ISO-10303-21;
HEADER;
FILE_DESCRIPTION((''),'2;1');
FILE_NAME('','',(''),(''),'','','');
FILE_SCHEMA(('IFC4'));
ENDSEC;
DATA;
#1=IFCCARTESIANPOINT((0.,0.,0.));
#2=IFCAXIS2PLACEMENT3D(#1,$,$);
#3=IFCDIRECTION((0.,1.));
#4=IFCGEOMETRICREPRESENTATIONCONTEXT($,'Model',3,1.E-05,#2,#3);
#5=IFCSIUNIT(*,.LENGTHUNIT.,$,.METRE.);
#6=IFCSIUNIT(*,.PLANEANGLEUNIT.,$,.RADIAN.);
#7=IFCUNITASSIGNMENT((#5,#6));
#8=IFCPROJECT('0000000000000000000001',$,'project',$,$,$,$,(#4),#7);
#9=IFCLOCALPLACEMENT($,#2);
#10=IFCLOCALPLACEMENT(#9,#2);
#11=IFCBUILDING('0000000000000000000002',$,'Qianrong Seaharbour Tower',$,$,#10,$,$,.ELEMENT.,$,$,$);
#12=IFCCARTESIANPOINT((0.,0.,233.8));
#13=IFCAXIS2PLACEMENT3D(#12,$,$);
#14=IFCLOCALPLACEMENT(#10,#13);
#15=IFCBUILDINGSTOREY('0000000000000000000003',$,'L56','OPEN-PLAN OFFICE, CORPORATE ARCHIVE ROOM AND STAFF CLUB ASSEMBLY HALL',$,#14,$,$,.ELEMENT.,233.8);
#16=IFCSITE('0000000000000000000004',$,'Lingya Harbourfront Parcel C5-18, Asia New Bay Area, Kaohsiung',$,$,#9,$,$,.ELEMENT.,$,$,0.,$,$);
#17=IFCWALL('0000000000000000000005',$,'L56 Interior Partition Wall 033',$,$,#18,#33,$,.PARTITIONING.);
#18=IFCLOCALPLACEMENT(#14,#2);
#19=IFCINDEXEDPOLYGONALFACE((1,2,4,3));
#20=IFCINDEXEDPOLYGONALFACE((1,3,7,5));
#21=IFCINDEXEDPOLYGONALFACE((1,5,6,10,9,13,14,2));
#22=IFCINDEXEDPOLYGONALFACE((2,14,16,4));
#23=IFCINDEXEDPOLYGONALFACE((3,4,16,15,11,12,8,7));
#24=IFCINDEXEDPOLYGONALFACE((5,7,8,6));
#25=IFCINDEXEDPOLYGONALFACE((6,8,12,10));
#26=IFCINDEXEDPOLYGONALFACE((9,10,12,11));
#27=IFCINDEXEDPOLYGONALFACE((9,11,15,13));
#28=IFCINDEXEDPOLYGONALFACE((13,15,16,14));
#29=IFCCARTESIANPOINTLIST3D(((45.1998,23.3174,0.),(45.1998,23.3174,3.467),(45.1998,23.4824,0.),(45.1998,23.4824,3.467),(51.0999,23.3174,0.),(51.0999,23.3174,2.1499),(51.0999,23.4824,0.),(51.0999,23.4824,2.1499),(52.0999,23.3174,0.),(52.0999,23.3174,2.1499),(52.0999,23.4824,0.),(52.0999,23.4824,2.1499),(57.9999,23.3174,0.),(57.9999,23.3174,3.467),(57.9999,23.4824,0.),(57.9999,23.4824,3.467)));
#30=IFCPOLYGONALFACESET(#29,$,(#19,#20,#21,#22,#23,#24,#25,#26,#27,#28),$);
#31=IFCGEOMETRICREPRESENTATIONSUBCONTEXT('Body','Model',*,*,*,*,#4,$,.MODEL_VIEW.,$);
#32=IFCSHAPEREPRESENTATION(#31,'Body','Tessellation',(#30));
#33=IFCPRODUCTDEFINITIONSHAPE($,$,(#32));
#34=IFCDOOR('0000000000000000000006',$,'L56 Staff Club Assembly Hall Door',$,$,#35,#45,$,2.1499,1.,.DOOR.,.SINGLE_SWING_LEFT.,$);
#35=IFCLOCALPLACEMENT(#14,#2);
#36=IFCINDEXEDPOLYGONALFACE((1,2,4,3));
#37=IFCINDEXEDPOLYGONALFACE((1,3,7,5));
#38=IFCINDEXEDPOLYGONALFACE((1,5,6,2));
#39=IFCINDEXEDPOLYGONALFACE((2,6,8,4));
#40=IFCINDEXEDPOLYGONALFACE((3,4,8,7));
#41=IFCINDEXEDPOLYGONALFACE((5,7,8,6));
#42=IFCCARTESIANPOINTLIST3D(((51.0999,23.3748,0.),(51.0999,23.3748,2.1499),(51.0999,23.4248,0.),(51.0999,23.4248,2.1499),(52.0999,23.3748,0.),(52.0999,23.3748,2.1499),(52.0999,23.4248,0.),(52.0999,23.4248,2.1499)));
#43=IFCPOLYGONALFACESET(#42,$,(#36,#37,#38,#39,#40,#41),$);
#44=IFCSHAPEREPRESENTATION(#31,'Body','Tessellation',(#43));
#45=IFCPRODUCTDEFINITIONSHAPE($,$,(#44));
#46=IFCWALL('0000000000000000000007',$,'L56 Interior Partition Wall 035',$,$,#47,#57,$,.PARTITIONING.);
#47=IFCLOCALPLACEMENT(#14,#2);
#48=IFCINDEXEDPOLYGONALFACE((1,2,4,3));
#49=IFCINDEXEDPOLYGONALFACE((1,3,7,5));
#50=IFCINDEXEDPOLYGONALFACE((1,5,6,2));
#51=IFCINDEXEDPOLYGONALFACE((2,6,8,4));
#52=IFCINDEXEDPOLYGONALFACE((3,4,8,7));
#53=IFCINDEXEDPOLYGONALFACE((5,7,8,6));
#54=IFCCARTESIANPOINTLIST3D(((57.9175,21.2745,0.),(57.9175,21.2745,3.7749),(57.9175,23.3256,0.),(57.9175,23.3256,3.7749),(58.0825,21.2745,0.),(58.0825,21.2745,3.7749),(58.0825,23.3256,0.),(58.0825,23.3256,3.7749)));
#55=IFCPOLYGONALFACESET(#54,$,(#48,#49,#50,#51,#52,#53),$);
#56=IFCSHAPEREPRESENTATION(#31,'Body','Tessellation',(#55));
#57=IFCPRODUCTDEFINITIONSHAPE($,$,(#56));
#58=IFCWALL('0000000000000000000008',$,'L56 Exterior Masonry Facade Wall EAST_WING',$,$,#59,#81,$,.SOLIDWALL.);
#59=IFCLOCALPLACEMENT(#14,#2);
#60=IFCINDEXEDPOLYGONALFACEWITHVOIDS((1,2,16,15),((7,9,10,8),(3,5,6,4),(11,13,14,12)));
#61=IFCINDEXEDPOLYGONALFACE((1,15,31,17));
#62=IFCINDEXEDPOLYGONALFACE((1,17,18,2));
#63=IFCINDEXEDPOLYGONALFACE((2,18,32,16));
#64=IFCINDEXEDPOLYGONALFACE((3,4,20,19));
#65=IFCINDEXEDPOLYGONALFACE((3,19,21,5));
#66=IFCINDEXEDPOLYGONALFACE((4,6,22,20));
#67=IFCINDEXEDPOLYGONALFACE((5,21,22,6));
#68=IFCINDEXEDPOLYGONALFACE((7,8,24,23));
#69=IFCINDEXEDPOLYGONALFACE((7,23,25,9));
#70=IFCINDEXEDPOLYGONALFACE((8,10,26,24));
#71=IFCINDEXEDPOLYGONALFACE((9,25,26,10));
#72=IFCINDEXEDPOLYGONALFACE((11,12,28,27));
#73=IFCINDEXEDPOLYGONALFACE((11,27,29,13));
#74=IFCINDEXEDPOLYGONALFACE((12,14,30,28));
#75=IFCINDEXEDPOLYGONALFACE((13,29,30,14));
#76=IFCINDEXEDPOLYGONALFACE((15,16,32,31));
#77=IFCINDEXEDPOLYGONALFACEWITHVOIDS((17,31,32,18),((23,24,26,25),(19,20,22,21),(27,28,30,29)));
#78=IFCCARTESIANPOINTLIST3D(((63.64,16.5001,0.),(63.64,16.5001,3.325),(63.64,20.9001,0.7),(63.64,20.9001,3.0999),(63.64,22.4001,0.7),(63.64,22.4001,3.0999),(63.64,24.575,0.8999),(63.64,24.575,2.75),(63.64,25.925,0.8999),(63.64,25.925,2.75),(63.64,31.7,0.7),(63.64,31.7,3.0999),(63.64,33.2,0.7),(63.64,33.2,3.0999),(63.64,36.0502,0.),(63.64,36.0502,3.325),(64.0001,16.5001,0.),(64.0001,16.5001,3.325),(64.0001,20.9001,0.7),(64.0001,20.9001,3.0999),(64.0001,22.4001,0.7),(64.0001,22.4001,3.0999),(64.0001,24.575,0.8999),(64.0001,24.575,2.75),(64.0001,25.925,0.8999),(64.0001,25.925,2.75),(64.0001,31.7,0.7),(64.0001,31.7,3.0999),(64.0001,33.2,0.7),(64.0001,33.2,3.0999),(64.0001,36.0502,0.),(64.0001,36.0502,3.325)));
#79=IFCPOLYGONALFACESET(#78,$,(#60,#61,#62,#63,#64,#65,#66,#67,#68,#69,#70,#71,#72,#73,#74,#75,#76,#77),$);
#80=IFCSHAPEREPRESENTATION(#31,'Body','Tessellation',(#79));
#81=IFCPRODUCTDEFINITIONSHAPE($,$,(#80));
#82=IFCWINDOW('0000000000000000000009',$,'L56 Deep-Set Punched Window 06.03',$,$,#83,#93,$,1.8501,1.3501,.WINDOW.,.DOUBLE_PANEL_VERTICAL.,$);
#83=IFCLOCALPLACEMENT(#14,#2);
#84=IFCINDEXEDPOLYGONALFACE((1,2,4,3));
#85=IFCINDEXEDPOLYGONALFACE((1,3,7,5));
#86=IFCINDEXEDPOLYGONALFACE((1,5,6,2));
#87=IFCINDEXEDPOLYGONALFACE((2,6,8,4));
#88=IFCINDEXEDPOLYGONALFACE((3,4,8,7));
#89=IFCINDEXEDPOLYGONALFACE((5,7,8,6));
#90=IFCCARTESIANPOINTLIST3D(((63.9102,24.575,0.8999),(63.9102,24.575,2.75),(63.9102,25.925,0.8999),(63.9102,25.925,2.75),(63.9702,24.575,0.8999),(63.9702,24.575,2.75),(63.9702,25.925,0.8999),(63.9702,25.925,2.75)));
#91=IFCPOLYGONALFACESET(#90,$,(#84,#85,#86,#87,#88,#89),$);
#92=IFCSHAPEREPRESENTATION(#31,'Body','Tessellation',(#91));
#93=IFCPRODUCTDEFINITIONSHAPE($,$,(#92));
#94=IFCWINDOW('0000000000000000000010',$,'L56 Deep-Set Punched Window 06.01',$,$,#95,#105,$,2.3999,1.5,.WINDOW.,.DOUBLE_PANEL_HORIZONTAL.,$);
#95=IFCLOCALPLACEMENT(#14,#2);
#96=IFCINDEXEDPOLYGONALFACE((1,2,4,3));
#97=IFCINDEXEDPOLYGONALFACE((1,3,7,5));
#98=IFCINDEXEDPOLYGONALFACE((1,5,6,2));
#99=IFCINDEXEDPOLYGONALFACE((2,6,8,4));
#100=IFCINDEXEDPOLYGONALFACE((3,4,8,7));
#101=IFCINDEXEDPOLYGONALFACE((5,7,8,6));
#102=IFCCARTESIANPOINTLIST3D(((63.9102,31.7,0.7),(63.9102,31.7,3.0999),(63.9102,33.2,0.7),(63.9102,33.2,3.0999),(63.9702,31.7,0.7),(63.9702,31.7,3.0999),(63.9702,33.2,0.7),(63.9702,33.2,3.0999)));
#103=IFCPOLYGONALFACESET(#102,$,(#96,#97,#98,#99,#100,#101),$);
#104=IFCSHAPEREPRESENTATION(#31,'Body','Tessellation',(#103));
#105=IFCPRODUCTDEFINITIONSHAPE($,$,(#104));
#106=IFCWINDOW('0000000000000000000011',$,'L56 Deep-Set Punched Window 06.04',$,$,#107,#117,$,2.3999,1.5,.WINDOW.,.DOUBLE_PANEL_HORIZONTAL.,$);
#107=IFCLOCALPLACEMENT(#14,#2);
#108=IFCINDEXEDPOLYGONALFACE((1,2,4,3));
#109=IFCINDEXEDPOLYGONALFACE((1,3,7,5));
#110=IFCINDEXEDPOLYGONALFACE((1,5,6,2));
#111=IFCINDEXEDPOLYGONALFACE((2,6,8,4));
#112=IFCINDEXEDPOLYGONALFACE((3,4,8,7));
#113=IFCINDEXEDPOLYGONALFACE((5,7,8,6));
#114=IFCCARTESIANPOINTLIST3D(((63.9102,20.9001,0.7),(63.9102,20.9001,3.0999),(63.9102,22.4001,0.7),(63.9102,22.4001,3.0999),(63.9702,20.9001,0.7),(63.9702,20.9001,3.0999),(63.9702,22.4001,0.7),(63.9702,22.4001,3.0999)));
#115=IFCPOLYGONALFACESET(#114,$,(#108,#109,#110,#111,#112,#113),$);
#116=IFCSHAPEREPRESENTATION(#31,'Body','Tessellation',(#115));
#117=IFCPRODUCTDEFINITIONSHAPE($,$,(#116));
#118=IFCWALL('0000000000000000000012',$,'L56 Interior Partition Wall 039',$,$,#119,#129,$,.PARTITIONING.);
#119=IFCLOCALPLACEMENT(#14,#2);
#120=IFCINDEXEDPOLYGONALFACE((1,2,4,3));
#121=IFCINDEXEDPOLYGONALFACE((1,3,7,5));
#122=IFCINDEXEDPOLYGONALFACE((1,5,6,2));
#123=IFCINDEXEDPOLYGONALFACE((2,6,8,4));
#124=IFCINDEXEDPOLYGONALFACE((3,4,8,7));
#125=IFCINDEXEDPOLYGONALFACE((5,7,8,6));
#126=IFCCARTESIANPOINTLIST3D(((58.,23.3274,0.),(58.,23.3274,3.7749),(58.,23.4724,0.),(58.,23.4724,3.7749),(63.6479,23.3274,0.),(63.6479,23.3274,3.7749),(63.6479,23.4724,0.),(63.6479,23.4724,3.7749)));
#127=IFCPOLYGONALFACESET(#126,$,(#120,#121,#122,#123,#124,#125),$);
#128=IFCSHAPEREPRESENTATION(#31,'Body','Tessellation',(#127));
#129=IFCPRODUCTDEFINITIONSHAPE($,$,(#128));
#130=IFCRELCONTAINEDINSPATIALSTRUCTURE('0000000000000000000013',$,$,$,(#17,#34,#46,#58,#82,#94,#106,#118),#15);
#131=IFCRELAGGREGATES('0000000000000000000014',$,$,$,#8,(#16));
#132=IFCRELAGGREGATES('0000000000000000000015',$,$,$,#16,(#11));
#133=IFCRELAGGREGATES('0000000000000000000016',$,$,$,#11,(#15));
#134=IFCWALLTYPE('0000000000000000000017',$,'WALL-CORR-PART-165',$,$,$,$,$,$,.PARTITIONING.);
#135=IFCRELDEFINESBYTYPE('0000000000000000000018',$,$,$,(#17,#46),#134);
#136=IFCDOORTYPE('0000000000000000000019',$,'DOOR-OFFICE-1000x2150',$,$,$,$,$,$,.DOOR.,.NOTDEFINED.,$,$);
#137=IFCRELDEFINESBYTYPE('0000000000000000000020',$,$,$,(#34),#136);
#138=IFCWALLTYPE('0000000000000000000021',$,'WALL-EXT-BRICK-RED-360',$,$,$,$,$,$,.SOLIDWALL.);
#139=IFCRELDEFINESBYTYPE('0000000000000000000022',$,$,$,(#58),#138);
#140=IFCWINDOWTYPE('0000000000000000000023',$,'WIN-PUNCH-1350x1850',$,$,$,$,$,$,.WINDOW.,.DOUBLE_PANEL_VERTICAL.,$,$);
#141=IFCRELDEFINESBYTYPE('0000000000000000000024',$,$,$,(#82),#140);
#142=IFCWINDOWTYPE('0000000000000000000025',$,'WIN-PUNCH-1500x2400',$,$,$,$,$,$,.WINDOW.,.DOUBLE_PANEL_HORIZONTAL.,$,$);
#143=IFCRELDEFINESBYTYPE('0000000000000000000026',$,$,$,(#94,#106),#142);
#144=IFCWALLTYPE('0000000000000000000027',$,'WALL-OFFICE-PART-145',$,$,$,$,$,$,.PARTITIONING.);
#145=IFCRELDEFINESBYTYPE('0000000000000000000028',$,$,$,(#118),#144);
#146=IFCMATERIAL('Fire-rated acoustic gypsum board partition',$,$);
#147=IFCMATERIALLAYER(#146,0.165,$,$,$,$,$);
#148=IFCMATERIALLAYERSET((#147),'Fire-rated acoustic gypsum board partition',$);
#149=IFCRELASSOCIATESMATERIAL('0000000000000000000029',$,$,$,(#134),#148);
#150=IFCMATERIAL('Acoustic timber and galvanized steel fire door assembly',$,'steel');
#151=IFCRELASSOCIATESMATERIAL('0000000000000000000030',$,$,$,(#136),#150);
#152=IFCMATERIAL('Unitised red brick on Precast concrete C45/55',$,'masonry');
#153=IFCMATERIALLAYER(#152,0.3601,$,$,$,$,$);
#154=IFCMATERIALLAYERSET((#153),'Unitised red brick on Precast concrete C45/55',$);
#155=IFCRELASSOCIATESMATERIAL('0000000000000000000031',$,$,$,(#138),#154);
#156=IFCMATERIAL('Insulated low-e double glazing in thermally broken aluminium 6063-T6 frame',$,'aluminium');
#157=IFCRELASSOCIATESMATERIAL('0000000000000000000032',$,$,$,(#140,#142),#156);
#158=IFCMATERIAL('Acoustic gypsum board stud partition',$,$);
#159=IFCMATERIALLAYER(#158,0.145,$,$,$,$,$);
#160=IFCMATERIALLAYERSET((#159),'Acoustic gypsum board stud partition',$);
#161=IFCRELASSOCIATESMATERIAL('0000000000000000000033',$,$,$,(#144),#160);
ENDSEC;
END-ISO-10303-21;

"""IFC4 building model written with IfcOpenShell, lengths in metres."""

from ifc_helpers import new_model, si_unit, direction, frame, frame_2d, origin, place, context, subcontext, project, spatial, rectangle, extrude, material, layer, layer_set, type_object, element, fill, save


model = new_model("IFC4")

# Units and contexts
model_context = context("Model", 3, precision=1e-05, world=origin(), true_north=direction((0.0, 1.0)))
body_context = subcontext(model_context, "Body", "Model", "MODEL_VIEW")
ifc_project = project(units=[si_unit("LENGTHUNIT", "METRE"), si_unit("PLANEANGLEUNIT", "RADIAN")], contexts=[model_context])

# Site, building, storey
site_placement = place(None, origin())
site = spatial("IfcSite", under=ifc_project, at=site_placement, Name="Lingya Harbourfront Parcel C5-18, Asia New Bay Area, Kaohsiung", CompositionType="ELEMENT", RefElevation=0.0)
building_placement = place(site_placement, origin())
building = spatial("IfcBuilding", under=site, at=building_placement, Name="Qianrong Seaharbour Tower", CompositionType="ELEMENT")
storey_placement = place(building_placement, frame((0.0, 0.0, 233.8)))
storey = spatial("IfcBuildingStorey", under=building, at=storey_placement, Name="L56", Description="OPEN-PLAN OFFICE, CORPORATE ARCHIVE ROOM AND STAFF CLUB ASSEMBLY HALL", CompositionType="ELEMENT", Elevation=233.8)

# Shared definitions
ifc_material_1 = material(Name="Fire-rated acoustic gypsum board partition")
ifc_layer_1 = layer(ifc_material_1, 0.165)
ifc_layer_set_1 = layer_set([ifc_layer_1], Name="Fire-rated acoustic gypsum board partition")
wall_type_1 = type_object("IfcWallType", Name="WALL-CORR-PART-165", PredefinedType="PARTITIONING", material=ifc_layer_set_1)

# Wall, opening, door
wall_1_placement = place(storey_placement, frame((45.2, 23.3999, 0.0), z_axis=(0.0, 0.0, 1.0), x_axis=(1.0, 0.0, 0.0)))
wall_1 = element("IfcWall", 1, at=wall_1_placement, inside=storey, type_object=wall_type_1, Name="L56 Interior Partition Wall 033", PredefinedType="PARTITIONING", context=body_context, shape_type="SweptSolid", body=[
    extrude(rectangle(XDim=12.8, YDim=0.165, at=frame_2d((6.3999, 0.0))), origin(), (0.0, 0.0, 1.0), 3.467),
])
opening_1_placement = place(wall_1_placement, frame((5.8999, 0.0, 0.0)))
opening_1 = element("IfcOpeningElement", 2, at=opening_1_placement, cuts=wall_1, PredefinedType="OPENING", context=body_context, shape_type="SweptSolid", body=[
    extrude(rectangle(XDim=1.0, YDim=2.1499, at=frame_2d((0.5, 1.075))), frame((0.0, 0.0925, 0.0), z_axis=(0.0, -1.0, 0.0), x_axis=(1.0, 0.0, 0.0)), (0.0, 0.0, 1.0), 0.1851),
])
ifc_material_2 = material(Name="Acoustic timber and galvanized steel fire door assembly", Category="steel")
door_type = type_object("IfcDoorType", Name="DOOR-OFFICE-1000x2150", OperationType="NOTDEFINED", PredefinedType="DOOR", material=ifc_material_2)
door_placement = place(opening_1_placement, origin())
door = element("IfcDoor", 3, at=door_placement, inside=storey, type_object=door_type, Name="L56 Staff Club Assembly Hall Door", OperationType="SINGLE_SWING_LEFT", OverallHeight=2.1499, OverallWidth=1.0, PredefinedType="DOOR", context=body_context, shape_type="SweptSolid", body=[
    extrude(rectangle(XDim=1.0, YDim=2.1499, at=frame_2d((0.5, 1.075))), frame((0.0, 0.0249, 0.0), z_axis=(0.0, -1.0, 0.0), x_axis=(1.0, 0.0, 0.0)), (0.0, 0.0, 1.0), 0.05),
])
fill(opening_1, door)

# Wall
wall_2_placement = place(storey_placement, frame((58.0, 23.3254, 0.0), z_axis=(0.0, 0.0, 1.0), x_axis=(0.0, -1.0, 0.0)))
element("IfcWall", 4, at=wall_2_placement, inside=storey, type_object=wall_type_1, Name="L56 Interior Partition Wall 035", PredefinedType="PARTITIONING", context=body_context, shape_type="SweptSolid", body=[
    extrude(rectangle(XDim=2.051, YDim=0.165, at=frame_2d((1.0254, 0.0))), origin(), (0.0, 0.0, 1.0), 3.7749),
])

# Wall, openings, windows
ifc_material_3 = material(Name="Unitised red brick on Precast concrete C45/55", Category="masonry")
ifc_layer_2 = layer(ifc_material_3, 0.3601)
ifc_layer_set_2 = layer_set([ifc_layer_2], Name="Unitised red brick on Precast concrete C45/55")
wall_type_2 = type_object("IfcWallType", Name="WALL-EXT-BRICK-RED-360", PredefinedType="SOLIDWALL", material=ifc_layer_set_2)
wall_3_placement = place(storey_placement, frame((63.8201, 36.05, 0.0), z_axis=(0.0, 0.0, 1.0), x_axis=(0.0, -1.0, 0.0)))
wall_3 = element("IfcWall", 5, at=wall_3_placement, inside=storey, type_object=wall_type_2, Name="L56 Exterior Masonry Facade Wall EAST_WING", PredefinedType="SOLIDWALL", context=body_context, shape_type="SweptSolid", body=[
    extrude(rectangle(XDim=19.55, YDim=0.3601, at=frame_2d((9.7749, 0.0))), origin(), (0.0, 0.0, 1.0), 3.325),
])
opening_2_placement = place(wall_3_placement, frame((2.8501, 0.0, 0.7)))
opening_2 = element("IfcOpeningElement", 6, at=opening_2_placement, cuts=wall_3, PredefinedType="OPENING", context=body_context, shape_type="SweptSolid", body=[
    extrude(rectangle(XDim=1.5, YDim=2.3999, at=frame_2d((0.75, 1.2))), frame((0.0, 0.1899, 0.0), z_axis=(0.0, -1.0, 0.0), x_axis=(1.0, 0.0, 0.0)), (0.0, 0.0, 1.0), 0.3801),
])
opening_3_placement = place(wall_3_placement, frame((10.125, 0.0, 0.8999)))
opening_3 = element("IfcOpeningElement", 7, at=opening_3_placement, cuts=wall_3, PredefinedType="OPENING", context=body_context, shape_type="SweptSolid", body=[
    extrude(rectangle(XDim=1.3501, YDim=1.8501, at=frame_2d((0.675, 0.925))), frame((0.0, 0.1899, 0.0), z_axis=(0.0, -1.0, 0.0), x_axis=(1.0, 0.0, 0.0)), (0.0, 0.0, 1.0), 0.3801),
])
opening_4_placement = place(wall_3_placement, frame((13.6499, 0.0, 0.7)))
opening_4 = element("IfcOpeningElement", 8, at=opening_4_placement, cuts=wall_3, PredefinedType="OPENING", context=body_context, shape_type="SweptSolid", body=[
    extrude(rectangle(XDim=1.5, YDim=2.3999, at=frame_2d((0.75, 1.2))), frame((0.0, 0.1899, 0.0), z_axis=(0.0, -1.0, 0.0), x_axis=(1.0, 0.0, 0.0)), (0.0, 0.0, 1.0), 0.3801),
])
ifc_material_4 = material(Name="Insulated low-e double glazing in thermally broken aluminium 6063-T6 frame", Category="aluminium")
window_type_1 = type_object("IfcWindowType", Name="WIN-PUNCH-1350x1850", PartitioningType="DOUBLE_PANEL_VERTICAL", PredefinedType="WINDOW", material=ifc_material_4)
window_1_placement = place(opening_3_placement, origin())
window_1 = element("IfcWindow", 9, at=window_1_placement, inside=storey, type_object=window_type_1, Name="L56 Deep-Set Punched Window 06.03", OverallHeight=1.8501, OverallWidth=1.3501, PartitioningType="DOUBLE_PANEL_VERTICAL", PredefinedType="WINDOW", context=body_context, shape_type="SweptSolid", body=[
    extrude(rectangle(XDim=1.3501, YDim=1.8501, at=frame_2d((0.675, 0.925))), frame((0.0, 0.1501, 0.0), z_axis=(0.0, -1.0, 0.0), x_axis=(1.0, 0.0, 0.0)), (0.0, 0.0, 1.0), 0.0601),
])
fill(opening_3, window_1)
window_type_2 = type_object("IfcWindowType", Name="WIN-PUNCH-1500x2400", PartitioningType="DOUBLE_PANEL_HORIZONTAL", PredefinedType="WINDOW", material=ifc_material_4)
window_2_placement = place(opening_2_placement, origin())
window_2 = element("IfcWindow", 10, at=window_2_placement, inside=storey, type_object=window_type_2, Name="L56 Deep-Set Punched Window 06.01", OverallHeight=2.3999, OverallWidth=1.5, PartitioningType="DOUBLE_PANEL_HORIZONTAL", PredefinedType="WINDOW", context=body_context, shape_type="SweptSolid", body=[
    extrude(rectangle(XDim=1.5, YDim=2.3999, at=frame_2d((0.75, 1.2))), frame((0.0, 0.1501, 0.0), z_axis=(0.0, -1.0, 0.0), x_axis=(1.0, 0.0, 0.0)), (0.0, 0.0, 1.0), 0.0601),
])
fill(opening_2, window_2)
window_3_placement = place(opening_4_placement, origin())
window_3 = element("IfcWindow", 11, at=window_3_placement, inside=storey, type_object=window_type_2, Name="L56 Deep-Set Punched Window 06.04", OverallHeight=2.3999, OverallWidth=1.5, PartitioningType="DOUBLE_PANEL_HORIZONTAL", PredefinedType="WINDOW", context=body_context, shape_type="SweptSolid", body=[
    extrude(rectangle(XDim=1.5, YDim=2.3999, at=frame_2d((0.75, 1.2))), frame((0.0, 0.1501, 0.0), z_axis=(0.0, -1.0, 0.0), x_axis=(1.0, 0.0, 0.0)), (0.0, 0.0, 1.0), 0.0601),
])
fill(opening_4, window_3)

# Wall
ifc_material_5 = material(Name="Acoustic gypsum board stud partition")
ifc_layer_3 = layer(ifc_material_5, 0.145)
ifc_layer_set_3 = layer_set([ifc_layer_3], Name="Acoustic gypsum board stud partition")
wall_type_3 = type_object("IfcWallType", Name="WALL-OFFICE-PART-145", PredefinedType="PARTITIONING", material=ifc_layer_set_3)
wall_4_placement = place(storey_placement, frame((63.6479, 23.3999, 0.0), z_axis=(0.0, 0.0, 1.0), x_axis=(-1.0, 0.0, 0.0)))
element("IfcWall", 12, at=wall_4_placement, inside=storey, type_object=wall_type_3, Name="L56 Interior Partition Wall 039", PredefinedType="PARTITIONING", context=body_context, shape_type="SweptSolid", body=[
    extrude(rectangle(XDim=5.6479, YDim=0.145, at=frame_2d((2.824, 0.0))), origin(), (0.0, 0.0, 1.0), 3.7749),
])

save(model, "model.ifc")
